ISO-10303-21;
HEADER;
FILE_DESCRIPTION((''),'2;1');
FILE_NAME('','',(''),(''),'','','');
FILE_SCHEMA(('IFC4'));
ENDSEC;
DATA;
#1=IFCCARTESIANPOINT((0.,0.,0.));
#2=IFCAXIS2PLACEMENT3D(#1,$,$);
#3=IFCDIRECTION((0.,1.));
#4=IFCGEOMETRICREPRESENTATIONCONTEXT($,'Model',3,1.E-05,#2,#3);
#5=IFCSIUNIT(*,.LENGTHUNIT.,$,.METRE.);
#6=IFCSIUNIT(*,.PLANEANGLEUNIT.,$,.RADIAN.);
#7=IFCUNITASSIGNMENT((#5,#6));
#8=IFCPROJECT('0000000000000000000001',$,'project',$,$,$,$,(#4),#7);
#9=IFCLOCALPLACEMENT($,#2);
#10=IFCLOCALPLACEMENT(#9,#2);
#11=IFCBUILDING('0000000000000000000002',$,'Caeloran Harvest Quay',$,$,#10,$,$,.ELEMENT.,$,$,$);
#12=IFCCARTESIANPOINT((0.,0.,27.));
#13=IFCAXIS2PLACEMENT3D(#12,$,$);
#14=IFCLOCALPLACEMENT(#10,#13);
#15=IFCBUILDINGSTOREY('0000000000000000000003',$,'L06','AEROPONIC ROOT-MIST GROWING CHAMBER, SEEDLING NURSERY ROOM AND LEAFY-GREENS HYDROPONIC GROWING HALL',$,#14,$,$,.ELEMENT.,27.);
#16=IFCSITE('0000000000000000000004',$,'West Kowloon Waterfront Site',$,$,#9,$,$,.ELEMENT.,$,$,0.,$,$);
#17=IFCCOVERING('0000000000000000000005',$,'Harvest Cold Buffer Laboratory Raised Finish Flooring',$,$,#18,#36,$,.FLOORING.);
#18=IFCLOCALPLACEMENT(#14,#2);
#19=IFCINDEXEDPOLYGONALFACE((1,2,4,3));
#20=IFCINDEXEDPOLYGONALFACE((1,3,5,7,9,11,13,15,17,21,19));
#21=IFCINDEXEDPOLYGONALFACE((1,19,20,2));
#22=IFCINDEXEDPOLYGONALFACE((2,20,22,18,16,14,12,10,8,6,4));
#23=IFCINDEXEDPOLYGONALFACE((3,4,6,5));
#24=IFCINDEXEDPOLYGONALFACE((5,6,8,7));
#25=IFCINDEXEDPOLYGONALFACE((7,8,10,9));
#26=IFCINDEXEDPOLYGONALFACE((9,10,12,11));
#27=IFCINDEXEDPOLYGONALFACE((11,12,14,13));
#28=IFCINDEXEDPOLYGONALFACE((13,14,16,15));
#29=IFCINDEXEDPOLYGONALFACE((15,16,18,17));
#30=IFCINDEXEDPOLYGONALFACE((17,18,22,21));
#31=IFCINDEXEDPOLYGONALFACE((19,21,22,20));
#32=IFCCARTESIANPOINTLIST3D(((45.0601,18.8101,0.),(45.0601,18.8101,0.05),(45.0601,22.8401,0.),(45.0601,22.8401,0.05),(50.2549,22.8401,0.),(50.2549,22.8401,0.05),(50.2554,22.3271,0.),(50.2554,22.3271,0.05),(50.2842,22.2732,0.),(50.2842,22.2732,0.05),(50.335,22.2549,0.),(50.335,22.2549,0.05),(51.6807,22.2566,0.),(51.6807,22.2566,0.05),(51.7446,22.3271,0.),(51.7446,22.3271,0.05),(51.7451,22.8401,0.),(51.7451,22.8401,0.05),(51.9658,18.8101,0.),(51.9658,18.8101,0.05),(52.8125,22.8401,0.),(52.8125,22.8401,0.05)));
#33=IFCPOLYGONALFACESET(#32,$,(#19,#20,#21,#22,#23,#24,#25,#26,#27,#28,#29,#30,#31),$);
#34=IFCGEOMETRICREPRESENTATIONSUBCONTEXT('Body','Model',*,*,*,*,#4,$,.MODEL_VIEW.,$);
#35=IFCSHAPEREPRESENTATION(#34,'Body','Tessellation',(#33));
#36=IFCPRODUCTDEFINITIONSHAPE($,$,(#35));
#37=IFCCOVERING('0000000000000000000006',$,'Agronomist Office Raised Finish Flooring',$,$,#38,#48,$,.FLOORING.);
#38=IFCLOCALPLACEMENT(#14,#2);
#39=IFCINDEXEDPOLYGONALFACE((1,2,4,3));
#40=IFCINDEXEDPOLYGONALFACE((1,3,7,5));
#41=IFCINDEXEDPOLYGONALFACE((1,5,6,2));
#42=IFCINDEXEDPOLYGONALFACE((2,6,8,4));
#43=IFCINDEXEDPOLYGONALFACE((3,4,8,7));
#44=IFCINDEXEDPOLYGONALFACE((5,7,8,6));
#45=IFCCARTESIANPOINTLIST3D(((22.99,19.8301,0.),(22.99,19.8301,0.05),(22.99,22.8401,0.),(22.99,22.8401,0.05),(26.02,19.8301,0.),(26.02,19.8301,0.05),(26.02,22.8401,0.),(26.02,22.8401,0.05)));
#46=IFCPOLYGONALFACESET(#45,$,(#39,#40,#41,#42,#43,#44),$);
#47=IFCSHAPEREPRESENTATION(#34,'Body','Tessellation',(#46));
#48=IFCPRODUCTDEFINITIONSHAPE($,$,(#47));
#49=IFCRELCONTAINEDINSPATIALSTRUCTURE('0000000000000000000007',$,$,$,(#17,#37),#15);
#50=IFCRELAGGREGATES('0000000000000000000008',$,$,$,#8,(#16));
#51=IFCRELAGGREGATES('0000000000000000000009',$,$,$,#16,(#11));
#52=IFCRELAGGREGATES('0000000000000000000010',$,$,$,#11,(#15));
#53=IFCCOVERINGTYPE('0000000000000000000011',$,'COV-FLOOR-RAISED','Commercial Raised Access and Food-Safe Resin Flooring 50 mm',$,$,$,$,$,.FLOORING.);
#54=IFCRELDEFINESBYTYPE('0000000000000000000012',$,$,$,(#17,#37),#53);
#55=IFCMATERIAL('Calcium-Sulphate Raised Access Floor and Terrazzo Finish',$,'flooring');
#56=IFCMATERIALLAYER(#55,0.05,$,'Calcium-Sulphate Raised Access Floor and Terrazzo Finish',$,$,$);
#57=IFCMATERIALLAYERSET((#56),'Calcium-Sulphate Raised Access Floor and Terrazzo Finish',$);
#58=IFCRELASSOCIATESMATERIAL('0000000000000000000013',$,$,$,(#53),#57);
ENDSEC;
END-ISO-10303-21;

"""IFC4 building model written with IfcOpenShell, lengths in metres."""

from ifc_helpers import new_model, si_unit, direction, frame, origin, place, context, subcontext, project, spatial, polyline, outline, extrude, material, layer, layer_set, type_object, element, save


model = new_model("IFC4")

# Units and contexts
model_context = context("Model", 3, precision=1e-05, world=origin(), true_north=direction((0.0, 1.0)))
body_context = subcontext(model_context, "Body", "Model", "MODEL_VIEW")
ifc_project = project(units=[si_unit("LENGTHUNIT", "METRE"), si_unit("PLANEANGLEUNIT", "RADIAN")], contexts=[model_context])

# Site, building, storey
site_placement = place(None, origin())
site = spatial("IfcSite", under=ifc_project, at=site_placement, Name="West Kowloon Waterfront Site", CompositionType="ELEMENT", RefElevation=0.0)
building_placement = place(site_placement, origin())
building = spatial("IfcBuilding", under=site, at=building_placement, Name="Caeloran Harvest Quay", CompositionType="ELEMENT")
storey_placement = place(building_placement, frame((0.0, 0.0, 27.0)))
storey = spatial("IfcBuildingStorey", under=building, at=storey_placement, Name="L06", Description="AEROPONIC ROOT-MIST GROWING CHAMBER, SEEDLING NURSERY ROOM AND LEAFY-GREENS HYDROPONIC GROWING HALL", CompositionType="ELEMENT", Elevation=27.0)

# Coverings
ifc_material_1 = material(Name="Calcium-Sulphate Raised Access Floor and Terrazzo Finish", Category="flooring")
ifc_layer_1 = layer(ifc_material_1, 0.05, Name="Calcium-Sulphate Raised Access Floor and Terrazzo Finish")
ifc_layer_set_1 = layer_set([ifc_layer_1], Name="Calcium-Sulphate Raised Access Floor and Terrazzo Finish")
covering_type_1 = type_object("IfcCoveringType", Name="COV-FLOOR-RAISED", Description="Commercial Raised Access and Food-Safe Resin Flooring 50 mm", PredefinedType="FLOORING", material=ifc_layer_set_1)
covering_1_placement = place(storey_placement, origin())
element("IfcCovering", 1, at=covering_1_placement, inside=storey, type_object=covering_type_1, Name="Harvest Cold Buffer Laboratory Raised Finish Flooring", PredefinedType="FLOORING", context=body_context, shape_type="SweptSolid", body=[
    extrude(outline(polyline([(45.0601, 18.8101), (45.0601, 22.8401), (50.2549, 22.8401), (50.2554, 22.3271), (50.2842, 22.2732), (50.335, 22.2549), (51.6807, 22.2566), (51.7446, 22.3271), (51.7451, 22.8401), (52.8125, 22.8401), (51.9658, 18.8101), (45.0601, 18.8101)])), origin(), (0.0, 0.0, 1.0), 0.05),
])
covering_2_placement = place(storey_placement, origin())
element("IfcCovering", 2, at=covering_2_placement, inside=storey, type_object=covering_type_1, Name="Agronomist Office Raised Finish Flooring", PredefinedType="FLOORING", context=body_context, shape_type="SweptSolid", body=[
    extrude(outline(polyline([(26.02, 22.8401), (26.02, 19.8301), (22.99, 19.8301), (22.99, 22.8401), (26.02, 22.8401)])), origin(), (0.0, 0.0, 1.0), 0.05),
])

save(model, "model.ifc")
